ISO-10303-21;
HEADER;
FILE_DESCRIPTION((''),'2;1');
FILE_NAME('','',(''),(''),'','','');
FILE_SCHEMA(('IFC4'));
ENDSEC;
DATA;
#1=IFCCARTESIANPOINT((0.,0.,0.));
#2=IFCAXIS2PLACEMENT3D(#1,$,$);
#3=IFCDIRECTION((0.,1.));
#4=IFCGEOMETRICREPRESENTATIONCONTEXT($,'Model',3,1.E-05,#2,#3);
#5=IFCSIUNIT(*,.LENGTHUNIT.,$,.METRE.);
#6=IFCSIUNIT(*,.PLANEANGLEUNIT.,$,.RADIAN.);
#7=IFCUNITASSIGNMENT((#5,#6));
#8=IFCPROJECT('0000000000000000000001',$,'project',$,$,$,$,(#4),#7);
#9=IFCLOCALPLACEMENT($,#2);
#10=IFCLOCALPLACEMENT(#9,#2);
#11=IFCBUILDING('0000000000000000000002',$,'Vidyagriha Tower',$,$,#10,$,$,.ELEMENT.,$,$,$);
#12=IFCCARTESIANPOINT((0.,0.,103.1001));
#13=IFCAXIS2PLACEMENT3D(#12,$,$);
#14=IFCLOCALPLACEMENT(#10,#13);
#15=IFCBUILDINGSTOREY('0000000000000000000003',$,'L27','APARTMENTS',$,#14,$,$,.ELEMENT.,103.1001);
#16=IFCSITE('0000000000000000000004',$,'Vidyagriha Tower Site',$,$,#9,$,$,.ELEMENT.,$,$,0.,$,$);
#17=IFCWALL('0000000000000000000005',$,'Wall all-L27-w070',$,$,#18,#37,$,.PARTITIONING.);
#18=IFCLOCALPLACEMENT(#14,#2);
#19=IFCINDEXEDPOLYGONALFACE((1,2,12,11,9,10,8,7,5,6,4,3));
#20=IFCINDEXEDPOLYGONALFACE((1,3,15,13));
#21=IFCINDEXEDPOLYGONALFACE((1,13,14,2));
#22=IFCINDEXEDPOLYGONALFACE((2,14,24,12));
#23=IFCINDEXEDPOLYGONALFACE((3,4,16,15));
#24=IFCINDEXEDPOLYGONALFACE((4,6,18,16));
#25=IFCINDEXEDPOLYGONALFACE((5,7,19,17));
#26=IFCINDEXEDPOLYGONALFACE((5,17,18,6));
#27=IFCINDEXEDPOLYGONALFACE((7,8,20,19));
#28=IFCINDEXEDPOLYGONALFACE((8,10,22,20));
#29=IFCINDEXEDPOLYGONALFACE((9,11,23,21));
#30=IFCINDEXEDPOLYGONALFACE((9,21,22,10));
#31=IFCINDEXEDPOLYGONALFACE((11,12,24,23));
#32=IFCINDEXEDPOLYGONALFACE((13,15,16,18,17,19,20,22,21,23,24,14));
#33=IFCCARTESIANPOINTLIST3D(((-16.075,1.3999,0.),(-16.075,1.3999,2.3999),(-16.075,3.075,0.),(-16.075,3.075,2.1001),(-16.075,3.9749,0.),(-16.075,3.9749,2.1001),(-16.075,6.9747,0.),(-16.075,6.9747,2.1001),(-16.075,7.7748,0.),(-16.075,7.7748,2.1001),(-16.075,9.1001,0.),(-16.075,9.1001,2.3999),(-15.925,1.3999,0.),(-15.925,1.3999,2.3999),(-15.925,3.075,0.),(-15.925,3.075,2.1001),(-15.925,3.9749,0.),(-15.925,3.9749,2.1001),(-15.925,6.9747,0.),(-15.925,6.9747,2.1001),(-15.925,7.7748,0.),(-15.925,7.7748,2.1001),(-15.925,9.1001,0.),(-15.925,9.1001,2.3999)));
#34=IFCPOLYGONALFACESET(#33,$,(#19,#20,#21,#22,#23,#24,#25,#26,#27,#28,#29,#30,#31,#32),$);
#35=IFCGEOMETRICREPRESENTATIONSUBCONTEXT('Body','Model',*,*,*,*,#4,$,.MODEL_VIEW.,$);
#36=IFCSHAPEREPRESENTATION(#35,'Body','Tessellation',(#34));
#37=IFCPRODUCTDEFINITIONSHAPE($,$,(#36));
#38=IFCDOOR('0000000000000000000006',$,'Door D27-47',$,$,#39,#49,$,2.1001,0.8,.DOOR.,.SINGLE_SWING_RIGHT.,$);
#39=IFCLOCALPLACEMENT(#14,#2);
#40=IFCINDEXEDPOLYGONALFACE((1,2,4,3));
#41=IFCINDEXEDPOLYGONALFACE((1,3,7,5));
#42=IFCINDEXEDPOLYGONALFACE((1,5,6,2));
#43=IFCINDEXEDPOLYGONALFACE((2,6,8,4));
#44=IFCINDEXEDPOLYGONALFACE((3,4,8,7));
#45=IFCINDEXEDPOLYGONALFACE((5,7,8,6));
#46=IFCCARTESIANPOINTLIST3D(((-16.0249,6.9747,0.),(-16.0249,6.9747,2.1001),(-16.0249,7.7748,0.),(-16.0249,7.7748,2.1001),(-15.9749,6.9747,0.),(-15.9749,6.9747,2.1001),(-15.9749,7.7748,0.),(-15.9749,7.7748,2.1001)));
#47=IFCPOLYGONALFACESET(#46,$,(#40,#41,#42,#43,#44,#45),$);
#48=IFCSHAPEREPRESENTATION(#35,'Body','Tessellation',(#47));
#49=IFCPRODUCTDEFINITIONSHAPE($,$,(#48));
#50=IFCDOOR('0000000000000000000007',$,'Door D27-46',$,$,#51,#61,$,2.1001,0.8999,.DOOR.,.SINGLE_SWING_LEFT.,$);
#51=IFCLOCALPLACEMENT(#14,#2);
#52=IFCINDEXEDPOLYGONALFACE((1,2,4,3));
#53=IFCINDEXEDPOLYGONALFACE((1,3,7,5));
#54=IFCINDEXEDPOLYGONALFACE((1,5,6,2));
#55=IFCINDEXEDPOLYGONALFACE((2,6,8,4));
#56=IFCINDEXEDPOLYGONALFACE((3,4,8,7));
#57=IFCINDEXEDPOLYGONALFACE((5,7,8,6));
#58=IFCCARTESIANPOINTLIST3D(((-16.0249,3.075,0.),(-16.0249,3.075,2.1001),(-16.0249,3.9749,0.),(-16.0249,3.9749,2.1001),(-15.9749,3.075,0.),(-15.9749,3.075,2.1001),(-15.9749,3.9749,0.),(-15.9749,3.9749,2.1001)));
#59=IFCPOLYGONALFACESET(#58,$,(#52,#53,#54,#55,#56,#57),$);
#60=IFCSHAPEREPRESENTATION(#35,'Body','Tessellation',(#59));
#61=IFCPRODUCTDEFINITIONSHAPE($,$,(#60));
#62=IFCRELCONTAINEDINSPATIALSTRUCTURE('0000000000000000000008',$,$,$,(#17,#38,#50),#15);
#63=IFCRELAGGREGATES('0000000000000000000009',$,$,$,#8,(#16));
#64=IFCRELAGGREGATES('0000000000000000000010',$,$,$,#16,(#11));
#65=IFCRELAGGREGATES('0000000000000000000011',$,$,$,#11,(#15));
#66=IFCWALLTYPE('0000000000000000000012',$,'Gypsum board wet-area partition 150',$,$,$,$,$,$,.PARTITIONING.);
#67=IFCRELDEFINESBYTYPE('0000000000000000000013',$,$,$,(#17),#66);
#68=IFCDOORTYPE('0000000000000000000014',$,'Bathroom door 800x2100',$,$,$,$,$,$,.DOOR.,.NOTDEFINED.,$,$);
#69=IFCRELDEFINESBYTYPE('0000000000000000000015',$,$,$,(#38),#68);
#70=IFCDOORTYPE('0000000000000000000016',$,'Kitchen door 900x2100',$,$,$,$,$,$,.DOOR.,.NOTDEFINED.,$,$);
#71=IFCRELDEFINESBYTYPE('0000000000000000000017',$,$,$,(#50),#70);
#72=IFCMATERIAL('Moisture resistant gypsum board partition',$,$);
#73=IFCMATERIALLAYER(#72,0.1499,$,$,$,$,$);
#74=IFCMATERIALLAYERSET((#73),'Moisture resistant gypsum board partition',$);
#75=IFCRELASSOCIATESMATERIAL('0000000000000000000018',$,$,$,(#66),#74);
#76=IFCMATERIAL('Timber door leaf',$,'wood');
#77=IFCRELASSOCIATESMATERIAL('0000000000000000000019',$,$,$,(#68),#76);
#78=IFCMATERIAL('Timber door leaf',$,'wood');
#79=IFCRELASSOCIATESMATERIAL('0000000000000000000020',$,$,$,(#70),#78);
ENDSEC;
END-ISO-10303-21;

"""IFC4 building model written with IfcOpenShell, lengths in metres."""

from ifc_helpers import new_model, si_unit, direction, frame, frame_2d, origin, place, context, subcontext, project, spatial, rectangle, extrude, material, layer, layer_set, type_object, element, fill, save


model = new_model("IFC4")

# Units and contexts
model_context = context("Model", 3, precision=1e-05, world=origin(), true_north=direction((0.0, 1.0)))
body_context = subcontext(model_context, "Body", "Model", "MODEL_VIEW")
ifc_project = project(units=[si_unit("LENGTHUNIT", "METRE"), si_unit("PLANEANGLEUNIT", "RADIAN")], contexts=[model_context])

# Site, building, storey
site_placement = place(None, origin())
site = spatial("IfcSite", under=ifc_project, at=site_placement, Name="Vidyagriha Tower Site", CompositionType="ELEMENT", RefElevation=0.0)
building_placement = place(site_placement, origin())
building = spatial("IfcBuilding", under=site, at=building_placement, Name="Vidyagriha Tower", CompositionType="ELEMENT")
storey_placement = place(building_placement, frame((0.0, 0.0, 103.1001)))
storey = spatial("IfcBuildingStorey", under=building, at=storey_placement, Name="L27", Description="APARTMENTS", CompositionType="ELEMENT", Elevation=103.1001)

# Wall, openings, doors
ifc_material_1 = material(Name="Moisture resistant gypsum board partition")
ifc_layer_1 = layer(ifc_material_1, 0.1499)
ifc_layer_set_1 = layer_set([ifc_layer_1], Name="Moisture resistant gypsum board partition")
wall_type_1 = type_object("IfcWallType", Name="Gypsum board wet-area partition 150", PredefinedType="PARTITIONING", material=ifc_layer_set_1)
wall_1_placement = place(storey_placement, frame((-16.0, 1.3999, 0.0), z_axis=(0.0, 0.0, 1.0), x_axis=(0.0, 1.0, 0.0)))
wall_1 = element("IfcWall", 1, at=wall_1_placement, inside=storey, type_object=wall_type_1, Name="Wall all-L27-w070", PredefinedType="PARTITIONING", context=body_context, shape_type="SweptSolid", body=[
    extrude(rectangle(XDim=7.7002, YDim=0.1499, at=frame_2d((3.8501, 0.0))), origin(), (0.0, 0.0, 1.0), 2.3999),
])
opening_1_placement = place(wall_1_placement, frame((1.675, 0.0, 0.0)))
opening_1 = element("IfcOpeningElement", 2, at=opening_1_placement, cuts=wall_1, PredefinedType="OPENING", context=body_context, shape_type="SweptSolid", body=[
    extrude(rectangle(XDim=0.8999, YDim=2.1001, at=frame_2d((0.45, 1.05))), frame((0.0, 0.085, 0.0), z_axis=(0.0, -1.0, 0.0), x_axis=(1.0, 0.0, 0.0)), (0.0, 0.0, 1.0), 0.1699),
])
opening_2_placement = place(wall_1_placement, frame((5.575, 0.0, 0.0)))
opening_2 = element("IfcOpeningElement", 3, at=opening_2_placement, cuts=wall_1, PredefinedType="OPENING", context=body_context, shape_type="SweptSolid", body=[
    extrude(rectangle(XDim=0.8, YDim=2.1001, at=frame_2d((0.3999, 1.05))), frame((0.0, 0.085, 0.0), z_axis=(0.0, -1.0, 0.0), x_axis=(1.0, 0.0, 0.0)), (0.0, 0.0, 1.0), 0.1699),
])
ifc_material_2 = material(Name="Timber door leaf", Category="wood")
door_type_1 = type_object("IfcDoorType", Name="Bathroom door 800x2100", OperationType="NOTDEFINED", PredefinedType="DOOR", material=ifc_material_2)
door_1_placement = place(opening_2_placement, origin())
door_1 = element("IfcDoor", 4, at=door_1_placement, inside=storey, type_object=door_type_1, Name="Door D27-47", OperationType="SINGLE_SWING_RIGHT", OverallHeight=2.1001, OverallWidth=0.8, PredefinedType="DOOR", context=body_context, shape_type="SweptSolid", body=[
    extrude(rectangle(XDim=0.8, YDim=2.1001, at=frame_2d((0.3999, 1.05))), frame((0.0, 0.0249, 0.0), z_axis=(0.0, -1.0, 0.0), x_axis=(1.0, 0.0, 0.0)), (0.0, 0.0, 1.0), 0.05),
])
fill(opening_2, door_1)
ifc_material_3 = material(Name="Timber door leaf", Category="wood")
door_type_2 = type_object("IfcDoorType", Name="Kitchen door 900x2100", OperationType="NOTDEFINED", PredefinedType="DOOR", material=ifc_material_3)
door_2_placement = place(opening_1_placement, origin())
door_2 = element("IfcDoor", 5, at=door_2_placement, inside=storey, type_object=door_type_2, Name="Door D27-46", OperationType="SINGLE_SWING_LEFT", OverallHeight=2.1001, OverallWidth=0.8999, PredefinedType="DOOR", context=body_context, shape_type="SweptSolid", body=[
    extrude(rectangle(XDim=0.8999, YDim=2.1001, at=frame_2d((0.45, 1.05))), frame((0.0, 0.0249, 0.0), z_axis=(0.0, -1.0, 0.0), x_axis=(1.0, 0.0, 0.0)), (0.0, 0.0, 1.0), 0.05),
])
fill(opening_1, door_2)

save(model, "model.ifc")
